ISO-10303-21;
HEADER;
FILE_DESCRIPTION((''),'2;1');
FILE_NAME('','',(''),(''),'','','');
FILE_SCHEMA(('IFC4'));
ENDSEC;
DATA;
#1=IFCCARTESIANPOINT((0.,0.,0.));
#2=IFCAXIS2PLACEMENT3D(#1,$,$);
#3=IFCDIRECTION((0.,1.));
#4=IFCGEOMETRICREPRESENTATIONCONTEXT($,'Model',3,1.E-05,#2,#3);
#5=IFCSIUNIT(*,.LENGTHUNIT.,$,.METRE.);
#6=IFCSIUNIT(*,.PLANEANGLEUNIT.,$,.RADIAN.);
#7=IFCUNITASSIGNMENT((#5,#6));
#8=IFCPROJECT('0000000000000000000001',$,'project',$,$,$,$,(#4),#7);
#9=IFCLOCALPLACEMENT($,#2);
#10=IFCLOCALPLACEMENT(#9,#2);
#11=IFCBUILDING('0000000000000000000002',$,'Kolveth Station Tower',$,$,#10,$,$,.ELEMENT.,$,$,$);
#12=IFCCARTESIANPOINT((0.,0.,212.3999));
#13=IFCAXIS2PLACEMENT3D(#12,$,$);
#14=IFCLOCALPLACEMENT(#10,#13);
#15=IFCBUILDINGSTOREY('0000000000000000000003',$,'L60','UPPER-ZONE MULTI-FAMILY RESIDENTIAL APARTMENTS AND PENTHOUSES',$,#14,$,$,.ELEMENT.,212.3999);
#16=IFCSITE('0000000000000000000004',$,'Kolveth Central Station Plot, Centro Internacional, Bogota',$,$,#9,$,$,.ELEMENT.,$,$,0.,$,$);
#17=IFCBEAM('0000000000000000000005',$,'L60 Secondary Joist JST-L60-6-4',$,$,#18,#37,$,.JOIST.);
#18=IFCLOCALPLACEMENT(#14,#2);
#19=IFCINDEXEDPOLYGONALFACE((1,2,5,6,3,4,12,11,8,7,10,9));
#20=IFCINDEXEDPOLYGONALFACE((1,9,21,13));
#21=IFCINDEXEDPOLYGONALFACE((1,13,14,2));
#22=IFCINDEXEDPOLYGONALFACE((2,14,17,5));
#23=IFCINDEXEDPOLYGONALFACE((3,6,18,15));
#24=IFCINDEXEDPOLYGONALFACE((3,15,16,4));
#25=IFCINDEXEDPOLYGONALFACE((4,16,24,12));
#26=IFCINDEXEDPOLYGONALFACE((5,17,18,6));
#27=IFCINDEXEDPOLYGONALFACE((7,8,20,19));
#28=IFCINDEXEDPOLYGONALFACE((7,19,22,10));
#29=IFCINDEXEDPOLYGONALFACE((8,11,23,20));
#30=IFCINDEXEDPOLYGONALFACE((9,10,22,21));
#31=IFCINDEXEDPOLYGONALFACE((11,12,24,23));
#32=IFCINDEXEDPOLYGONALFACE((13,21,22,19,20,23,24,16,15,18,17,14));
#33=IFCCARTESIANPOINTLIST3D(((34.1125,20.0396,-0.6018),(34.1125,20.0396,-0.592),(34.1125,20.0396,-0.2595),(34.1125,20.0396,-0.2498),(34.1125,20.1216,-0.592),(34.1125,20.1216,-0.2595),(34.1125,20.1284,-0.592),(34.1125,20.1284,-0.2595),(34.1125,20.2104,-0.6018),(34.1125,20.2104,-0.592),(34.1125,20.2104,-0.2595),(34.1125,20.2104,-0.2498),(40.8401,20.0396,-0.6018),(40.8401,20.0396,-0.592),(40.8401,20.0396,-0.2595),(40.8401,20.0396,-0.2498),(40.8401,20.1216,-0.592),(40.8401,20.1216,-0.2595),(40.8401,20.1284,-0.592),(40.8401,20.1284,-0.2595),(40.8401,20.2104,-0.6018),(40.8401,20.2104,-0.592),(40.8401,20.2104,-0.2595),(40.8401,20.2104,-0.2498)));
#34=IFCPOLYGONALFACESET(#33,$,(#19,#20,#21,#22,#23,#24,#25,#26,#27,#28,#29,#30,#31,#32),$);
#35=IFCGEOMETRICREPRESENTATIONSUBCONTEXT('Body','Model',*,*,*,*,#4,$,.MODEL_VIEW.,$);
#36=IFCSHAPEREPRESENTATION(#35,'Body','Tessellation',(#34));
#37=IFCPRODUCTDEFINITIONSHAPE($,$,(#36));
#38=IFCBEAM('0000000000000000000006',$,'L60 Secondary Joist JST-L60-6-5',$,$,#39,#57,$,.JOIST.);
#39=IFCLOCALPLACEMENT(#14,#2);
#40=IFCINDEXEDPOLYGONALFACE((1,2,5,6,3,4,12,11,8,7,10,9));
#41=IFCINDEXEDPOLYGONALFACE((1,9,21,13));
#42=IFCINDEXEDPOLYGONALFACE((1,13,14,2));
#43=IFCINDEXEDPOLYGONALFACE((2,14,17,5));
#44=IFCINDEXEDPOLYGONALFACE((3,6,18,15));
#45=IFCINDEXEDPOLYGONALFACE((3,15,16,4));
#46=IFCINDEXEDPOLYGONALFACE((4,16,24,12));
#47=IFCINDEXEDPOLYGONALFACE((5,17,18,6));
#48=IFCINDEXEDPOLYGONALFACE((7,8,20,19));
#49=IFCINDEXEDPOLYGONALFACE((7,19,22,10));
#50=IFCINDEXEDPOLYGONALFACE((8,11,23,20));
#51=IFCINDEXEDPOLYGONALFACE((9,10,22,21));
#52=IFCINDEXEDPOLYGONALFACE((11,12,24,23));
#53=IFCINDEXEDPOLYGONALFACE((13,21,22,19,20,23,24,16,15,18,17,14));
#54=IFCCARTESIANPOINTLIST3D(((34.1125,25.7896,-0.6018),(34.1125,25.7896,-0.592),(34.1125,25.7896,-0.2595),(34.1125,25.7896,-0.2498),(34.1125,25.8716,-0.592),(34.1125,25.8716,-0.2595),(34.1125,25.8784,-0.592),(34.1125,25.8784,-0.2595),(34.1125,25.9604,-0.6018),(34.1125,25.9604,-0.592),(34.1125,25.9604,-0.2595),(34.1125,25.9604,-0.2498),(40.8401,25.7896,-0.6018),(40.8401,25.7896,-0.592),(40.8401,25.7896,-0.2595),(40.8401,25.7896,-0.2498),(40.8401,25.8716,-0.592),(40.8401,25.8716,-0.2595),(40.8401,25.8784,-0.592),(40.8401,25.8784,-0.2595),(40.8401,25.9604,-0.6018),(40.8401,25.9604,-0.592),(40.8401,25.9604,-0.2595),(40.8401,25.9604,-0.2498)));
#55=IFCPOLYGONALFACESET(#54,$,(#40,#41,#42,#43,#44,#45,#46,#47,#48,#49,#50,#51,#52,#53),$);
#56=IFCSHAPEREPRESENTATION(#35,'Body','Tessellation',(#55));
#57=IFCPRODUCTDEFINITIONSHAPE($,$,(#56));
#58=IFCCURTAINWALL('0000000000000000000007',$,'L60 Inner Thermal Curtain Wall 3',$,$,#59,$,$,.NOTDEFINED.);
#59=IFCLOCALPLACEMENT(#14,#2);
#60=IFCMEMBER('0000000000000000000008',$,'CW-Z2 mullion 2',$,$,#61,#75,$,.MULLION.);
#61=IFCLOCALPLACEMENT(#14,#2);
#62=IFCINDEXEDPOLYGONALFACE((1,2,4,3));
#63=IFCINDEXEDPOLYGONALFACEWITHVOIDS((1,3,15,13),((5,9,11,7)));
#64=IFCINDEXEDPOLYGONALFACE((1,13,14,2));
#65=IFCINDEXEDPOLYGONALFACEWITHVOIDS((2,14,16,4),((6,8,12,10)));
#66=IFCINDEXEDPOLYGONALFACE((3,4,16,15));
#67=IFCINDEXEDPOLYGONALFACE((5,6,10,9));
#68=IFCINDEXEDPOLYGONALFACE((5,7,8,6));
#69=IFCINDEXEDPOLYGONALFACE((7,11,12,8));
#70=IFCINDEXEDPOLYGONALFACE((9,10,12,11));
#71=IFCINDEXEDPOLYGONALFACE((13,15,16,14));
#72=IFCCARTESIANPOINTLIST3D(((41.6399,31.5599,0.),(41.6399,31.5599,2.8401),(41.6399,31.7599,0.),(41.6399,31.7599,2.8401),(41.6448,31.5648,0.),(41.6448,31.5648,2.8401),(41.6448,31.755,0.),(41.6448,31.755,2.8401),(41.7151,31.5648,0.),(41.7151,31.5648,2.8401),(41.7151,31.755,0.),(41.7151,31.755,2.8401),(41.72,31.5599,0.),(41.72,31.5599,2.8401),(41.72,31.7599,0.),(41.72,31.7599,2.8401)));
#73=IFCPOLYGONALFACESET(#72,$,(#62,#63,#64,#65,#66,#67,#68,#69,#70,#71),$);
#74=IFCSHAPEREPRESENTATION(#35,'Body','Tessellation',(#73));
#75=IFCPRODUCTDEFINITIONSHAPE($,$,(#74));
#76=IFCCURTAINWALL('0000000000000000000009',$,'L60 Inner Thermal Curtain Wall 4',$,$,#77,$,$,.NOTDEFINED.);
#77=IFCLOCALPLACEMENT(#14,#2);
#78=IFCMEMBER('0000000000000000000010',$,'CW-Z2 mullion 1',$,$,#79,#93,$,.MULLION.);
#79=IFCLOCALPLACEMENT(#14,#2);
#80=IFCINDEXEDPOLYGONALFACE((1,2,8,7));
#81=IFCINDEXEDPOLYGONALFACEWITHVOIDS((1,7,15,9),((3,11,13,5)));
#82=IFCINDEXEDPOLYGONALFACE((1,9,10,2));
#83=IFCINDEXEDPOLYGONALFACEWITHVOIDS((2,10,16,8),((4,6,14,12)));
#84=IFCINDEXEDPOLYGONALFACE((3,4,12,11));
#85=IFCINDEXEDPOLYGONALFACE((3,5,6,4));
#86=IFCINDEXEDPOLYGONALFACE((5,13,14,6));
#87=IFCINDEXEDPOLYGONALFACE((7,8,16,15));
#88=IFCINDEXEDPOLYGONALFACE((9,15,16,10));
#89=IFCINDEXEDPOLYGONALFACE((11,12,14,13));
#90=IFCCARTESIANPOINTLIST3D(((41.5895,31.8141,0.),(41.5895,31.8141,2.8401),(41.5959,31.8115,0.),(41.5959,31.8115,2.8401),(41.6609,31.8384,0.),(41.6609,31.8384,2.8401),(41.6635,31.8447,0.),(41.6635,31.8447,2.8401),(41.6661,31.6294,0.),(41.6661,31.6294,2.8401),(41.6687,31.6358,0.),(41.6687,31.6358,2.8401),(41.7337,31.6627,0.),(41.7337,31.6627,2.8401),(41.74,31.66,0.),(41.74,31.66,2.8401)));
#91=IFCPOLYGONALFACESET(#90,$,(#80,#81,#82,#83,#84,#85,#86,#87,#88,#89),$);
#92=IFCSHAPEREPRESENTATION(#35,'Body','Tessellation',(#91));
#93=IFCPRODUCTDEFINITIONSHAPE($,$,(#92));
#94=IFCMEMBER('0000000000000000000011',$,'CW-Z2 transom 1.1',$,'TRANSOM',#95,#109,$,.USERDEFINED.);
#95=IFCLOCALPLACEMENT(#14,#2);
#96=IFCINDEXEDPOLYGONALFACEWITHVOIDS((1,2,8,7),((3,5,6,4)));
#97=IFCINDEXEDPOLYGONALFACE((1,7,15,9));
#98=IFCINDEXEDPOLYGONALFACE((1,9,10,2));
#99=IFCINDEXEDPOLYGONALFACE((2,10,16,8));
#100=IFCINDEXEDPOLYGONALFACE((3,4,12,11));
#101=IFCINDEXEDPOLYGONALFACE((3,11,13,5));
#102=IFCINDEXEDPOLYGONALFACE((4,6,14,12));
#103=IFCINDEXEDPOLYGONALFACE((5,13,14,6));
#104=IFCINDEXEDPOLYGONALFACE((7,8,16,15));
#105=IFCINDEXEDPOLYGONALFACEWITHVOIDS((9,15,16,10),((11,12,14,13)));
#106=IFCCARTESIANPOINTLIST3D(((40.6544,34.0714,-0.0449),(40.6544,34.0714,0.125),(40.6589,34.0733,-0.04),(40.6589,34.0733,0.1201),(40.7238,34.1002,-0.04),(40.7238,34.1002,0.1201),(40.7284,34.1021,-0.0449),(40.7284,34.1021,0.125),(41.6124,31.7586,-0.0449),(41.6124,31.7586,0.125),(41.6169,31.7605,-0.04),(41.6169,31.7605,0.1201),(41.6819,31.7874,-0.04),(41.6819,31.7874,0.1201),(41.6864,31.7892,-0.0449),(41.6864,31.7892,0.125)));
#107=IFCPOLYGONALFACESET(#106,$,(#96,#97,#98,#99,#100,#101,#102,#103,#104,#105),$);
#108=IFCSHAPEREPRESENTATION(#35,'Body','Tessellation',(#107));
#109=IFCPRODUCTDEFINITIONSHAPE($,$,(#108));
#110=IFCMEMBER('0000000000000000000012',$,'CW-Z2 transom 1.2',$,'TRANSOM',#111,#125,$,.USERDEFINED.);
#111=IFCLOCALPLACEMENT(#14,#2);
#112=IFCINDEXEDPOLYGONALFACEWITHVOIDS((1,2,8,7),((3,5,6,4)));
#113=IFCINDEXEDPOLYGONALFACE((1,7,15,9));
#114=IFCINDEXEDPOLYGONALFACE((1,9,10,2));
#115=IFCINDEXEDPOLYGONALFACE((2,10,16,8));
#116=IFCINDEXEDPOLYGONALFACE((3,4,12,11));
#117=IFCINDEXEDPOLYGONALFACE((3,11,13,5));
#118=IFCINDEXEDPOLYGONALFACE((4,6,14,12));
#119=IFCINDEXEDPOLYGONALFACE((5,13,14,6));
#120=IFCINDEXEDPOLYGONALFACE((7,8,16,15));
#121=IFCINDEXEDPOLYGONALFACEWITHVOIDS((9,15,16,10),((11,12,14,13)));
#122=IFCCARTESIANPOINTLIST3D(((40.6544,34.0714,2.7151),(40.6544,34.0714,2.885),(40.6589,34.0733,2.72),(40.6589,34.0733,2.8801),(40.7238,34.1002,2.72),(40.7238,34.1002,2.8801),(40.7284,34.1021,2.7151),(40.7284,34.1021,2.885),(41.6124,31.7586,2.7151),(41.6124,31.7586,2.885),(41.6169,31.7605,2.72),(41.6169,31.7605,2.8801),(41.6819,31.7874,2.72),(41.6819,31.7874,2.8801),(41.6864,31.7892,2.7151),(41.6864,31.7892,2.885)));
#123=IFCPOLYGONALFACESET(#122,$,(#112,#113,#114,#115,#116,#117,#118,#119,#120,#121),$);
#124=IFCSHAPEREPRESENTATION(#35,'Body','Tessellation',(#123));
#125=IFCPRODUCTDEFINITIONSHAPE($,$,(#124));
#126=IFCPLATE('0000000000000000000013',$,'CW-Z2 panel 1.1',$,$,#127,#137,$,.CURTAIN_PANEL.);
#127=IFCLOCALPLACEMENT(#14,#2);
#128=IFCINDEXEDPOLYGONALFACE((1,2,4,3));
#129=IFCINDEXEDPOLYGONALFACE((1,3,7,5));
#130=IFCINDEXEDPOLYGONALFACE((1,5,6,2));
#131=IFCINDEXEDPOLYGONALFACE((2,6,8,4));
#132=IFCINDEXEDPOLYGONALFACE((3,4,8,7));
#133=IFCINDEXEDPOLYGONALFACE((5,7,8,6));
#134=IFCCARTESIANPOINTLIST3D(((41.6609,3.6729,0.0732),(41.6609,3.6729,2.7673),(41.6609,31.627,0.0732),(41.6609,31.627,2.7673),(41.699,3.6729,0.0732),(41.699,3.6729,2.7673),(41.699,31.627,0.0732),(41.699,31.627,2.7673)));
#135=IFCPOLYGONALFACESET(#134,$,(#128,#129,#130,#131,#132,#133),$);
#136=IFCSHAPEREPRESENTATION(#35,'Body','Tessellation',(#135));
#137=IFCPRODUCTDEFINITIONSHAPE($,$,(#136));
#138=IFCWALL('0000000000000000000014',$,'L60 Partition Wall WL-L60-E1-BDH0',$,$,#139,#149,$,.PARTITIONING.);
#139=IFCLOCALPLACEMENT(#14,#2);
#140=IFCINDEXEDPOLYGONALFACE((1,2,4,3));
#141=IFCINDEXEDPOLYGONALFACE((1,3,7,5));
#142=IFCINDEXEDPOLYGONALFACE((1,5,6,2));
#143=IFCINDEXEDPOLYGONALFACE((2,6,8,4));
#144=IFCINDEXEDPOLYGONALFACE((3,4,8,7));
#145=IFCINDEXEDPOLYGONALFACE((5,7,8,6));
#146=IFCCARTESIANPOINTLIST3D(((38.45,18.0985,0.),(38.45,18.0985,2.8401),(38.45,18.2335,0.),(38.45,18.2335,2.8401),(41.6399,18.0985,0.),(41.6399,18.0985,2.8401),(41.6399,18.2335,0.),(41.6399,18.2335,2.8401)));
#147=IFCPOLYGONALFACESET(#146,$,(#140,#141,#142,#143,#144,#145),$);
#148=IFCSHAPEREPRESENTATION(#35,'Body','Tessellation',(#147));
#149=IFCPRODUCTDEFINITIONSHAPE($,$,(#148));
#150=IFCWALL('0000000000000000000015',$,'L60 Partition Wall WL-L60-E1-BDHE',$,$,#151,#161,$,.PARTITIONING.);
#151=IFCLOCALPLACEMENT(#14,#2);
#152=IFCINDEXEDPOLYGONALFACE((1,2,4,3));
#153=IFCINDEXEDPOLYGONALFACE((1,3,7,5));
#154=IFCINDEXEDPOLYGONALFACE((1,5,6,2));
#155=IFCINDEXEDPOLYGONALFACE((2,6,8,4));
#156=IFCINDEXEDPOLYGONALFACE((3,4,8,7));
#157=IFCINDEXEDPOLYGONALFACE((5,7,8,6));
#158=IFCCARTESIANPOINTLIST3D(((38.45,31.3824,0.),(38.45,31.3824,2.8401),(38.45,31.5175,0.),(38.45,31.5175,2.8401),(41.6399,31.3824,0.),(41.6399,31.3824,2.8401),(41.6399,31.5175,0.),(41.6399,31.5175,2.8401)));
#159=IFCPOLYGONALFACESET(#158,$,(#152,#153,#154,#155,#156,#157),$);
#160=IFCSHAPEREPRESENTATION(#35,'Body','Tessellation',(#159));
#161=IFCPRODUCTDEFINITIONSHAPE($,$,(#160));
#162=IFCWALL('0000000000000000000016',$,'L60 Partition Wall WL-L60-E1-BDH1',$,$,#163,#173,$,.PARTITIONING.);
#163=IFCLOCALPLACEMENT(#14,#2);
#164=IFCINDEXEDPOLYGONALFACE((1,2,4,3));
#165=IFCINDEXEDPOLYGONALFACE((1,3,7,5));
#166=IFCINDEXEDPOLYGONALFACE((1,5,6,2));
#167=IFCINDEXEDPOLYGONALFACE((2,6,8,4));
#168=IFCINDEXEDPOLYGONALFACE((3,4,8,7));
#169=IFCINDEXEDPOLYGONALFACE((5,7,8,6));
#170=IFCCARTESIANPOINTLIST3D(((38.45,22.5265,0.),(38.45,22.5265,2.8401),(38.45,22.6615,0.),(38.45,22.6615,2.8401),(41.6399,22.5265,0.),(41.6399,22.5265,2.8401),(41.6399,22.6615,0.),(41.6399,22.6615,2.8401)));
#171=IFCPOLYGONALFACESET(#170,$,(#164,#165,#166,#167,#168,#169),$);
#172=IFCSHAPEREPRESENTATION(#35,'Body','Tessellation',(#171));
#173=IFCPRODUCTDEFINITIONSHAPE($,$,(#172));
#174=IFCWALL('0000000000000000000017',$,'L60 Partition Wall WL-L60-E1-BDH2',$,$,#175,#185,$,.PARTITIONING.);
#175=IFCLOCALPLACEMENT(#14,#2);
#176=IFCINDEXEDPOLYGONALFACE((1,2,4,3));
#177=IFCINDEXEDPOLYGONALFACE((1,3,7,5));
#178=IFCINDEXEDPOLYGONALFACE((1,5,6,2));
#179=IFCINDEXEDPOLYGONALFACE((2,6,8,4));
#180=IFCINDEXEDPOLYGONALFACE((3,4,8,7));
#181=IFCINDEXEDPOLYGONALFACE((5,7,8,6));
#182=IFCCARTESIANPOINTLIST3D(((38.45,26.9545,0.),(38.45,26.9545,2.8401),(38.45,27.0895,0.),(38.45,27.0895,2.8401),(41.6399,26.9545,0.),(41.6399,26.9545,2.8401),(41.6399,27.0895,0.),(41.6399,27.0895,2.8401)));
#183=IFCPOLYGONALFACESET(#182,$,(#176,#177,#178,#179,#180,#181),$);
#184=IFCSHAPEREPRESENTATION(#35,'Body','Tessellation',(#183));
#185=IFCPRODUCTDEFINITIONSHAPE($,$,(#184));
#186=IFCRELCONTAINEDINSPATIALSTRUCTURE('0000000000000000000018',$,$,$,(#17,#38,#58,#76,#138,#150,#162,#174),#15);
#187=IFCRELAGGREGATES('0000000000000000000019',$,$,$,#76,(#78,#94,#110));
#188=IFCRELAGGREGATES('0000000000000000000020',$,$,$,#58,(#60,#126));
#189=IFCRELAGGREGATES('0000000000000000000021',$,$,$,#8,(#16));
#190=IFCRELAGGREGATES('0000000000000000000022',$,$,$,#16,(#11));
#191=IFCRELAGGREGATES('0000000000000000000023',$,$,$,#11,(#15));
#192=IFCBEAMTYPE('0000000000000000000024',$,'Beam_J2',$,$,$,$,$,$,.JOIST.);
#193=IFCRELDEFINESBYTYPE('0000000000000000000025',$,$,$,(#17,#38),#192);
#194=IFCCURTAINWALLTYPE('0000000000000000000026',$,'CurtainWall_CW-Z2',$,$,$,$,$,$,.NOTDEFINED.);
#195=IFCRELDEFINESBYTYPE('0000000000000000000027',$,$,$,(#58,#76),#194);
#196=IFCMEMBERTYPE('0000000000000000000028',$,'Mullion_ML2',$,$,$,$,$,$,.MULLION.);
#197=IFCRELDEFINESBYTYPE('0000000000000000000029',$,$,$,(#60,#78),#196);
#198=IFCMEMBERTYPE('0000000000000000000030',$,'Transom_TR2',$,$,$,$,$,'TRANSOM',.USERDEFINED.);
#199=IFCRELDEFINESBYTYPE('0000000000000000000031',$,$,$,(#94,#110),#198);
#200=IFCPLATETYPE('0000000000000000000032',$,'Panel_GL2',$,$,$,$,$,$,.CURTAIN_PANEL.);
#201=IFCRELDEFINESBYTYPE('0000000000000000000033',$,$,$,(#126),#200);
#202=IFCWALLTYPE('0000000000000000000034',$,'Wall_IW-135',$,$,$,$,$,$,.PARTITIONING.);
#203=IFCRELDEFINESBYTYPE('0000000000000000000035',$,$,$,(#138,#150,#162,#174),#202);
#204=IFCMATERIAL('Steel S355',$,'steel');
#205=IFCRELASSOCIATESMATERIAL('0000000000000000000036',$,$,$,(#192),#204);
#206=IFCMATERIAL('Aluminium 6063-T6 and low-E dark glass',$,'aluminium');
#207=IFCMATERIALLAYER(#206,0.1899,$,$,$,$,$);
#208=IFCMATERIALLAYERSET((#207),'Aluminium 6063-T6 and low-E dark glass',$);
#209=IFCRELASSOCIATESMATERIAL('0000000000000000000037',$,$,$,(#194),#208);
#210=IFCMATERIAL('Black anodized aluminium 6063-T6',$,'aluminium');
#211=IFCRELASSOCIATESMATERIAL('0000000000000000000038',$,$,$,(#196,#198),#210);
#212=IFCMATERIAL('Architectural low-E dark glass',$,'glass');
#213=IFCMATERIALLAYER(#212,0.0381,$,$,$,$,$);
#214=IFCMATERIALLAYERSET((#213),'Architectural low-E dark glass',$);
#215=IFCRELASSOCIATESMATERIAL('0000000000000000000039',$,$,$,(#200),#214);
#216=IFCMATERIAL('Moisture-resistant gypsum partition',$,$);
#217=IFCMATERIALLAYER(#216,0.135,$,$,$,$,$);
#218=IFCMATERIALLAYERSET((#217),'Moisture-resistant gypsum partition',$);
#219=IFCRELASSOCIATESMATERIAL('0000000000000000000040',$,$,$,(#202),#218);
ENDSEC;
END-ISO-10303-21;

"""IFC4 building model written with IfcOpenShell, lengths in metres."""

from ifc_helpers import new_model, si_unit, direction, frame, frame_2d, origin, origin_2d, place, context, subcontext, project, spatial, rectangle, hollow_rectangle, i_section, extrude, source, transform, mapped, material, layer, layer_set, material_profile, profile_set, type_object, element, aggregate, save


model = new_model("IFC4")

# Units and contexts
model_context = context("Model", 3, precision=1e-05, world=origin(), true_north=direction((0.0, 1.0)))
body_context = subcontext(model_context, "Body", "Model", "MODEL_VIEW")
ifc_project = project(units=[si_unit("LENGTHUNIT", "METRE"), si_unit("PLANEANGLEUNIT", "RADIAN")], contexts=[model_context])

# Site, building, storey
site_placement = place(None, origin())
site = spatial("IfcSite", under=ifc_project, at=site_placement, Name="Kolveth Central Station Plot, Centro Internacional, Bogota", CompositionType="ELEMENT", RefElevation=0.0)
building_placement = place(site_placement, origin())
building = spatial("IfcBuilding", under=site, at=building_placement, Name="Kolveth Station Tower", CompositionType="ELEMENT")
storey_placement = place(building_placement, frame((0.0, 0.0, 212.3999)))
storey = spatial("IfcBuildingStorey", under=building, at=storey_placement, Name="L60", Description="UPPER-ZONE MULTI-FAMILY RESIDENTIAL APARTMENTS AND PENTHOUSES", CompositionType="ELEMENT", Elevation=212.3999)

# Shared definitions
ifc_material_1 = material(Name="Steel S355", Category="steel")

# Beams
ifc_material_profile_1 = material_profile(ifc_material_1, i_section(OverallWidth=0.1709, OverallDepth=0.3521, WebThickness=0.0068, FlangeThickness=0.0098, at=origin_2d()), Name="W360x44")
ifc_profile_set_1 = profile_set([ifc_material_profile_1], Name="Steel S355")
beam_type_1 = type_object("IfcBeamType", Name="Beam_J2", PredefinedType="JOIST", material=ifc_profile_set_1)
shared_shape_1 = source(origin(), body_context, "Body", "SweptSolid", [
    extrude(i_section(OverallWidth=0.1709, OverallDepth=0.3521, WebThickness=0.0068, FlangeThickness=0.0098, at=origin_2d()), origin(), (0.0, 0.0, 1.0), 6.7275),
])
for number, where, z_axis, x_axis, name in (
    (1, (34.1125, 20.125, -0.4258), (1.0, 0.0, 0.0), (0.0, 1.0, 0.0), "L60 Secondary Joist JST-L60-6-4"),
    (2, (34.1125, 25.875, -0.4258), (1.0, 0.0, 0.0), (0.0, 1.0, 0.0), "L60 Secondary Joist JST-L60-6-5"),
):
    element("IfcBeam", number, at=place(storey_placement, frame(where, z_axis=z_axis, x_axis=x_axis)), inside=storey, type_object=beam_type_1, Name=name, PredefinedType="JOIST", context=body_context, shape_type="MappedRepresentation", body=[
        mapped(shared_shape_1, transform((0.0, 0.0, 0.0), x_axis=(1.0, 0.0, 0.0), y_axis=(0.0, 1.0, 0.0), z_axis=(0.0, 0.0, 1.0), scale=1.0)),
    ])

# Curtain wall, member
ifc_material_2 = material(Name="Aluminium 6063-T6 and low-E dark glass", Category="aluminium")
ifc_layer_1 = layer(ifc_material_2, 0.1899)
ifc_layer_set_1 = layer_set([ifc_layer_1], Name="Aluminium 6063-T6 and low-E dark glass")
curtain_wall_type = type_object("IfcCurtainWallType", Name="CurtainWall_CW-Z2", PredefinedType="NOTDEFINED", material=ifc_layer_set_1)
curtain_wall_1_placement = place(storey_placement, origin())
curtain_wall_1 = element("IfcCurtainWall", 3, at=curtain_wall_1_placement, inside=storey, type_object=curtain_wall_type, Name="L60 Inner Thermal Curtain Wall 3", PredefinedType="NOTDEFINED")
ifc_material_3 = material(Name="Black anodized aluminium 6063-T6", Category="aluminium")
ifc_material_profile_2 = material_profile(ifc_material_3, hollow_rectangle(XDim=0.0801, YDim=0.2, WallThickness=0.0049, at=origin_2d()), Name="ALU-80x200x5")
ifc_profile_set_2 = profile_set([ifc_material_profile_2], Name="Black anodized aluminium 6063-T6")
member_type_1 = type_object("IfcMemberType", Name="Mullion_ML2", PredefinedType="MULLION", material=ifc_profile_set_2)
shared_shape_2 = source(origin(), body_context, "Body", "SweptSolid", [
    extrude(hollow_rectangle(XDim=0.0801, YDim=0.2, WallThickness=0.0049, at=origin_2d()), origin(), (0.0, 0.0, 1.0), 2.8401),
])
member_1_placement = place(storey_placement, frame((41.6799, 31.6599, 0.0), z_axis=(0.0, 0.0, 1.0), x_axis=(-1.0, 0.0, 0.0)))
member_1 = element("IfcMember", 4, at=member_1_placement, type_object=member_type_1, Name="CW-Z2 mullion 2", PredefinedType="MULLION", context=body_context, shape_type="MappedRepresentation", body=[
    mapped(shared_shape_2, transform((0.0, 0.0, 0.0), x_axis=(1.0, 0.0, 0.0), y_axis=(0.0, 1.0, 0.0), z_axis=(0.0, 0.0, 1.0), scale=1.0)),
])

# Curtain wall, members
curtain_wall_2_placement = place(storey_placement, origin())
curtain_wall_2 = element("IfcCurtainWall", 5, at=curtain_wall_2_placement, inside=storey, type_object=curtain_wall_type, Name="L60 Inner Thermal Curtain Wall 4", PredefinedType="NOTDEFINED")
member_2_placement = place(storey_placement, frame((41.6648, 31.7371, 0.0), z_axis=(0.0, 0.0, 1.0), x_axis=(-0.923874, -0.382698, 0.0)))
member_2 = element("IfcMember", 6, at=member_2_placement, type_object=member_type_1, Name="CW-Z2 mullion 1", PredefinedType="MULLION", context=body_context, shape_type="MappedRepresentation", body=[
    mapped(shared_shape_2, transform((0.0, 0.0, 0.0), x_axis=(1.0, 0.0, 0.0), y_axis=(0.0, 1.0, 0.0), z_axis=(0.0, 0.0, 1.0), scale=1.0)),
])
ifc_material_profile_3 = material_profile(ifc_material_3, hollow_rectangle(XDim=0.0801, YDim=0.1699, WallThickness=0.0049, at=origin_2d()), Name="ALU-80x170x5")
ifc_profile_set_3 = profile_set([ifc_material_profile_3], Name="Black anodized aluminium 6063-T6")
member_type_2 = type_object("IfcMemberType", Name="Transom_TR2", ElementType="TRANSOM", PredefinedType="USERDEFINED", material=ifc_profile_set_3)
shared_shape_3 = source(origin(), body_context, "Body", "SweptSolid", [
    extrude(hollow_rectangle(XDim=0.0801, YDim=0.1699, WallThickness=0.0049, at=origin_2d()), origin(), (0.0, 0.0, 1.0), 2.5034),
])
member_3_placement = place(storey_placement, frame((41.6494, 31.7739, 0.04), z_axis=(-0.382696, 0.923874, 0.0), x_axis=(-0.923874, -0.382696, 0.0)))
member_3 = element("IfcMember", 7, at=member_3_placement, type_object=member_type_2, Name="CW-Z2 transom 1.1", ObjectType="TRANSOM", PredefinedType="USERDEFINED", context=body_context, shape_type="MappedRepresentation", body=[
    mapped(shared_shape_3, transform((0.0, 0.0, 0.0), x_axis=(1.0, 0.0, 0.0), y_axis=(0.0, 1.0, 0.0), z_axis=(0.0, 0.0, 1.0), scale=1.0)),
])
member_4_placement = place(storey_placement, frame((41.6494, 31.7739, 2.8), z_axis=(-0.382696, 0.923874, 0.0), x_axis=(-0.923874, -0.382696, 0.0)))
member_4 = element("IfcMember", 8, at=member_4_placement, type_object=member_type_2, Name="CW-Z2 transom 1.2", ObjectType="TRANSOM", PredefinedType="USERDEFINED", context=body_context, shape_type="MappedRepresentation", body=[
    mapped(shared_shape_3, transform((0.0, 0.0, 0.0), x_axis=(1.0, 0.0, 0.0), y_axis=(0.0, 1.0, 0.0), z_axis=(0.0, 0.0, 1.0), scale=1.0)),
])
aggregate(curtain_wall_2, [member_2, member_3, member_4])

# Plate
ifc_material_4 = material(Name="Architectural low-E dark glass", Category="glass")
ifc_layer_2 = layer(ifc_material_4, 0.0381)
ifc_layer_set_2 = layer_set([ifc_layer_2], Name="Architectural low-E dark glass")
plate_type = type_object("IfcPlateType", Name="Panel_GL2", PredefinedType="CURTAIN_PANEL", material=ifc_layer_set_2)
shared_shape_4 = source(origin(), body_context, "Body", "SweptSolid", [
    extrude(rectangle(XDim=27.9541, YDim=0.0381, at=origin_2d()), origin(), (0.0, 0.0, 1.0), 2.6941),
])
plate_placement = place(storey_placement, frame((41.6799, 17.6499, 0.0732), z_axis=(0.0, 0.0, 1.0), x_axis=(0.0, 1.0, 0.0)))
plate = element("IfcPlate", 9, at=plate_placement, type_object=plate_type, Name="CW-Z2 panel 1.1", PredefinedType="CURTAIN_PANEL", context=body_context, shape_type="MappedRepresentation", body=[
    mapped(shared_shape_4, transform((0.0, 0.0, 0.0), x_axis=(1.0, 0.0, 0.0), y_axis=(0.0, 1.0, 0.0), z_axis=(0.0, 0.0, 1.0), scale=1.0)),
])
aggregate(curtain_wall_1, [member_1, plate])

# Walls
ifc_material_5 = material(Name="Moisture-resistant gypsum partition")
ifc_layer_3 = layer(ifc_material_5, 0.135)
ifc_layer_set_3 = layer_set([ifc_layer_3], Name="Moisture-resistant gypsum partition")
wall_type = type_object("IfcWallType", Name="Wall_IW-135", PredefinedType="PARTITIONING", material=ifc_layer_set_3)
for number, where, z_axis, x_axis, name in (
    (10, (38.45, 18.166, 0.0), (0.0, 0.0, 1.0), (1.0, 0.0, 0.0), "L60 Partition Wall WL-L60-E1-BDH0"),
    (11, (38.45, 31.45, 0.0), (0.0, 0.0, 1.0), (1.0, 0.0, 0.0), "L60 Partition Wall WL-L60-E1-BDHE"),
):
    element("IfcWall", number, at=place(storey_placement, frame(where, z_axis=z_axis, x_axis=x_axis)), inside=storey, type_object=wall_type, Name=name, PredefinedType="PARTITIONING", context=body_context, shape_type="SweptSolid", body=[
        extrude(rectangle(XDim=3.1899, YDim=0.135, at=frame_2d((1.595, 0.0))), origin(), (0.0, 0.0, 1.0), 2.8401),
    ])

# Wall
wall_1_placement = place(storey_placement, frame((38.45, 22.594, 0.0), z_axis=(0.0, 0.0, 1.0), x_axis=(1.0, 0.0, 0.0)))
element("IfcWall", 12, at=wall_1_placement, inside=storey, type_object=wall_type, Name="L60 Partition Wall WL-L60-E1-BDH1", PredefinedType="PARTITIONING", context=body_context, shape_type="SweptSolid", body=[
    extrude(rectangle(XDim=3.1899, YDim=0.135, at=frame_2d((1.595, 0.0))), origin(), (0.0, 0.0, 1.0), 2.8401),
])

# Wall
wall_2_placement = place(storey_placement, frame((38.45, 27.022, 0.0), z_axis=(0.0, 0.0, 1.0), x_axis=(1.0, 0.0, 0.0)))
element("IfcWall", 13, at=wall_2_placement, inside=storey, type_object=wall_type, Name="L60 Partition Wall WL-L60-E1-BDH2", PredefinedType="PARTITIONING", context=body_context, shape_type="SweptSolid", body=[
    extrude(rectangle(XDim=3.1899, YDim=0.135, at=frame_2d((1.595, 0.0))), origin(), (0.0, 0.0, 1.0), 2.8401),
])

save(model, "model.ifc")
